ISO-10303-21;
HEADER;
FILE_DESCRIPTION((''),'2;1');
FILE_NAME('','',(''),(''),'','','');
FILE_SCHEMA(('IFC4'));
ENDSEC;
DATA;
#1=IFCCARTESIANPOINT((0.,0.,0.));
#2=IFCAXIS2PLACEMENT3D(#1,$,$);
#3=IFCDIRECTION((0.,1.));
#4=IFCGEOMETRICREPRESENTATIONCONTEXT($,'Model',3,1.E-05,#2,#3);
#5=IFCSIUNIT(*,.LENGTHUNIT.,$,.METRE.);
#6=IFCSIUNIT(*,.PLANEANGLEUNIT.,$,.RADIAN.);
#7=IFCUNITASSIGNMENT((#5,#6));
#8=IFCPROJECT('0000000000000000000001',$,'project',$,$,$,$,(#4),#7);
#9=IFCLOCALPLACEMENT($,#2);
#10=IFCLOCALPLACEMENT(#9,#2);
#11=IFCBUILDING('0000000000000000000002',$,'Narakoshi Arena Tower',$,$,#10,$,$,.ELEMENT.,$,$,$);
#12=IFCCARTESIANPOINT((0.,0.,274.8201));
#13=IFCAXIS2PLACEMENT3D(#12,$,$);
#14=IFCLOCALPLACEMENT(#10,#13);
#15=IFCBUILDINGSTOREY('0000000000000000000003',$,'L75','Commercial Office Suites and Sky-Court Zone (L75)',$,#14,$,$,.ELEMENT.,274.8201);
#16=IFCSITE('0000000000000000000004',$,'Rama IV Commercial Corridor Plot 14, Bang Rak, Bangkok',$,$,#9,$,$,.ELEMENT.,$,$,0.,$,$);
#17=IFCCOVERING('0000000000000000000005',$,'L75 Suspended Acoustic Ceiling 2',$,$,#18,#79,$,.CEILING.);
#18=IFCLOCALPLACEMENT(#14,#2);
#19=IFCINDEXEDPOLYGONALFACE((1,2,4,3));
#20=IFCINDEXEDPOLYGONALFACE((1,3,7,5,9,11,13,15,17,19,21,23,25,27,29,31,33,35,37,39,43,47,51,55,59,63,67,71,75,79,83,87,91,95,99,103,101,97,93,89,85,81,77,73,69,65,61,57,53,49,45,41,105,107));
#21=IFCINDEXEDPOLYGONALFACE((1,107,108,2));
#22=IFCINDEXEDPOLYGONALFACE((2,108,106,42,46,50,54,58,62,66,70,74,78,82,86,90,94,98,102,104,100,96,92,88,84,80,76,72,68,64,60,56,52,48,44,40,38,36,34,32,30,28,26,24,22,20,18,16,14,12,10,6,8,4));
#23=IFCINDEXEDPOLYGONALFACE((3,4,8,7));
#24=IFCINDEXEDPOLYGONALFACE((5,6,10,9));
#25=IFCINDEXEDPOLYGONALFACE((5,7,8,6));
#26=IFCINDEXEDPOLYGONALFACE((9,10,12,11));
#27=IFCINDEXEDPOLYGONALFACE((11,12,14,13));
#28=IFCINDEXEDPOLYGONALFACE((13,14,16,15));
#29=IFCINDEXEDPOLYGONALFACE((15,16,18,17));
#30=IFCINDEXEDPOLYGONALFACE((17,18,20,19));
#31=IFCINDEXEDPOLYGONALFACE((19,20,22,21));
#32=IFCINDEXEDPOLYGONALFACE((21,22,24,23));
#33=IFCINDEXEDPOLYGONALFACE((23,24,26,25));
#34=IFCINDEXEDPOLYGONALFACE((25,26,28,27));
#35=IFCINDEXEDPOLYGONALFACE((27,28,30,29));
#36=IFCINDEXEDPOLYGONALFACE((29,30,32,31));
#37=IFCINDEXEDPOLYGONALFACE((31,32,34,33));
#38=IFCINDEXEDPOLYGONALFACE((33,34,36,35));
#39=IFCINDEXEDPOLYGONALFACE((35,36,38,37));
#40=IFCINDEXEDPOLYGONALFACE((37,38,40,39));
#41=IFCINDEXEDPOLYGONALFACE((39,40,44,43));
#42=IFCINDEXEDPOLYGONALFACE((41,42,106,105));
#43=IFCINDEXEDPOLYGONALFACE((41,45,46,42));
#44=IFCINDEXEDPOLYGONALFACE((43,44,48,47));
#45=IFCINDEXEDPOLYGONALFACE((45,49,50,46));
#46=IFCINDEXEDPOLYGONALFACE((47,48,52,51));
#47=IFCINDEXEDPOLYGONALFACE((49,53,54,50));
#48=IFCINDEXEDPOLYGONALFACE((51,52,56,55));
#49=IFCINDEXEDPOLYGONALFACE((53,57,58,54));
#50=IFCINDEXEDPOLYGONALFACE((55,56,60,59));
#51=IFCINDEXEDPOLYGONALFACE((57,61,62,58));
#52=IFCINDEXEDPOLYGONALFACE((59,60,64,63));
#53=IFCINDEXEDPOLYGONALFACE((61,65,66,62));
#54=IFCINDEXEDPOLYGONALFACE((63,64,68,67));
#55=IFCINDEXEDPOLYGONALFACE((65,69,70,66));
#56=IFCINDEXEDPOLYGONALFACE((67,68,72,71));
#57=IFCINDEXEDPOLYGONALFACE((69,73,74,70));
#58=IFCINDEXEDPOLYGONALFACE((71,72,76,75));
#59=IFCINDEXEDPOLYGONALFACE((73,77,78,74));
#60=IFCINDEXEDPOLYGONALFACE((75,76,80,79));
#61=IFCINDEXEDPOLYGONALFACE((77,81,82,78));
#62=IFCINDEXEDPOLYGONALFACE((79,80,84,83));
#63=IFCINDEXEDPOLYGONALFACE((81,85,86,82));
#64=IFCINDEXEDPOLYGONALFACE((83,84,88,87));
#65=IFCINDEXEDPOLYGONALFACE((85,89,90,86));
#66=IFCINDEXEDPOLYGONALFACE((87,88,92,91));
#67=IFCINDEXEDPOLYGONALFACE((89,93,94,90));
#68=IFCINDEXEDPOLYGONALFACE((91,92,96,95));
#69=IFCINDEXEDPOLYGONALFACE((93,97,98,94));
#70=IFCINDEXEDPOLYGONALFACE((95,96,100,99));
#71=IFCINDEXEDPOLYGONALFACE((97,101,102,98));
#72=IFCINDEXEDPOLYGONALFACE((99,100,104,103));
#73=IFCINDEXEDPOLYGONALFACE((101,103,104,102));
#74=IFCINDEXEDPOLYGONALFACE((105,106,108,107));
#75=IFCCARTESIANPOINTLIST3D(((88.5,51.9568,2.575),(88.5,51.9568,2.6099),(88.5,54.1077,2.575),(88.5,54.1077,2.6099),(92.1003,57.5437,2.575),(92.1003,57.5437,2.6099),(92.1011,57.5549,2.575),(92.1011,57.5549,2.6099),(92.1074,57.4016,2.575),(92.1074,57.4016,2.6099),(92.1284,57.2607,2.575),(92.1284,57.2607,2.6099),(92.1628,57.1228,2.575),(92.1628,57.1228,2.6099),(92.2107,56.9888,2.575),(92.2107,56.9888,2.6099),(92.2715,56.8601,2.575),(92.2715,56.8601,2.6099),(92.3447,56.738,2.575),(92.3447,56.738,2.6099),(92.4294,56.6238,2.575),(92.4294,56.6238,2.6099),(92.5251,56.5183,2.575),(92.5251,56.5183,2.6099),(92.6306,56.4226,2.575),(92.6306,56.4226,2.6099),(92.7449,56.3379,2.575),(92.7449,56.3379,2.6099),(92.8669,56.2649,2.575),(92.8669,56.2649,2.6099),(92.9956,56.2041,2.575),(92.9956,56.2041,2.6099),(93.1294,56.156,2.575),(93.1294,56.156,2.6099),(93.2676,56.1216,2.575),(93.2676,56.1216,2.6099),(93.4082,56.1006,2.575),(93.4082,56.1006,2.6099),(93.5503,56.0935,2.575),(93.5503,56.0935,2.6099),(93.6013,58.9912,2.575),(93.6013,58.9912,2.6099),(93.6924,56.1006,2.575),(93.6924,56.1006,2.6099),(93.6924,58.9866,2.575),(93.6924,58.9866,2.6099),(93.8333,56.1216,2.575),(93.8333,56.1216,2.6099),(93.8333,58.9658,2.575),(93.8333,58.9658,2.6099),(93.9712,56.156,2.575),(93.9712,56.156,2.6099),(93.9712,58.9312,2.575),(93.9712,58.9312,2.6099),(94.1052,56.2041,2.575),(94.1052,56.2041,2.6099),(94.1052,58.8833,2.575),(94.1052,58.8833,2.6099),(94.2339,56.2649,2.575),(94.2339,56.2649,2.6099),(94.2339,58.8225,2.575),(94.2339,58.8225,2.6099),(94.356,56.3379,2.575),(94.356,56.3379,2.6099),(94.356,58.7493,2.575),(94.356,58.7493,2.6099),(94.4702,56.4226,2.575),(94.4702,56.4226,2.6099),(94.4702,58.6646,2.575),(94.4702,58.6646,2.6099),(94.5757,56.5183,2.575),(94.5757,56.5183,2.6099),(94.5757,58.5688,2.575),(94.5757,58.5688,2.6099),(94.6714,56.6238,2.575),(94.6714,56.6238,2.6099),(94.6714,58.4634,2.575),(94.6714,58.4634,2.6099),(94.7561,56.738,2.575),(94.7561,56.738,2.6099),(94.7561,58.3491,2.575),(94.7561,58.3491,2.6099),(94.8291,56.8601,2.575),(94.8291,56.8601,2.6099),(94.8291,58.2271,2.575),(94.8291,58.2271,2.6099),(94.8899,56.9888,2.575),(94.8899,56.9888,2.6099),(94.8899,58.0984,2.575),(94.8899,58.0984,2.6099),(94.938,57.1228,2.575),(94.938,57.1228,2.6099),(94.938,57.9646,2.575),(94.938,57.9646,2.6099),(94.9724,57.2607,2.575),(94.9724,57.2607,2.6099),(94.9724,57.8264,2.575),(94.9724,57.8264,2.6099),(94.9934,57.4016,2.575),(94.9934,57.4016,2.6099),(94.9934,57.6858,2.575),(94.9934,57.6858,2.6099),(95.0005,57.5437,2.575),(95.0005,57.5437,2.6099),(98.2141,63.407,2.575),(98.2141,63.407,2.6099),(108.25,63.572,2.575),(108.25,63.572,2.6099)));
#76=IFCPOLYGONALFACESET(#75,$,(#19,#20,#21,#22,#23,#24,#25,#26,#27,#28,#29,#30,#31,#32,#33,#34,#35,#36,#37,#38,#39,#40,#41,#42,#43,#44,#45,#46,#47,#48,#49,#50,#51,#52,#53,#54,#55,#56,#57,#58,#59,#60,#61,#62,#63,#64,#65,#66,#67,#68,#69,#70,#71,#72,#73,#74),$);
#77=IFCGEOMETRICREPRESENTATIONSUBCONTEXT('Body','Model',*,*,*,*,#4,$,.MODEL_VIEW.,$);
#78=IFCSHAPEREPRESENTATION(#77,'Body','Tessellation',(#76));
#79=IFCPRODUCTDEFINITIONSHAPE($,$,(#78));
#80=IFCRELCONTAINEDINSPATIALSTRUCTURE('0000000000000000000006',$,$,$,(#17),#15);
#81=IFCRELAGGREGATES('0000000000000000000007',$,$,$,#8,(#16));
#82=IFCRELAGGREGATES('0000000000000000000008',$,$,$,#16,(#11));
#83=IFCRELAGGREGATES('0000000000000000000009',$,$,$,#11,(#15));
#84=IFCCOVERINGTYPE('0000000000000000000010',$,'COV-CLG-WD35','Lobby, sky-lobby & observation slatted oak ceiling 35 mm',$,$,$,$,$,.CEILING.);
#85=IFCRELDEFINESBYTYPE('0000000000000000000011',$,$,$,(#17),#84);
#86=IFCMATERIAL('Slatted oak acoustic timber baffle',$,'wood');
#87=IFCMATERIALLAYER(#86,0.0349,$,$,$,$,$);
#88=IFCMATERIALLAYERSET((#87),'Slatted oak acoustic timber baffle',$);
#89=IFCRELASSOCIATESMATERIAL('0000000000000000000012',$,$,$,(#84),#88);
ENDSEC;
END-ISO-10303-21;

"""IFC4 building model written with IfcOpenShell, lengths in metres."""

from ifc_helpers import new_model, si_unit, direction, frame, origin, place, context, subcontext, project, spatial, polyline, outline, extrude, material, layer, layer_set, type_object, element, save


model = new_model("IFC4")

# Units and contexts
model_context = context("Model", 3, precision=1e-05, world=origin(), true_north=direction((0.0, 1.0)))
body_context = subcontext(model_context, "Body", "Model", "MODEL_VIEW")
ifc_project = project(units=[si_unit("LENGTHUNIT", "METRE"), si_unit("PLANEANGLEUNIT", "RADIAN")], contexts=[model_context])

# Site, building, storey
site_placement = place(None, origin())
site = spatial("IfcSite", under=ifc_project, at=site_placement, Name="Rama IV Commercial Corridor Plot 14, Bang Rak, Bangkok", CompositionType="ELEMENT", RefElevation=0.0)
building_placement = place(site_placement, origin())
building = spatial("IfcBuilding", under=site, at=building_placement, Name="Narakoshi Arena Tower", CompositionType="ELEMENT")
storey_placement = place(building_placement, frame((0.0, 0.0, 274.8201)))
storey = spatial("IfcBuildingStorey", under=building, at=storey_placement, Name="L75", Description="Commercial Office Suites and Sky-Court Zone (L75)", CompositionType="ELEMENT", Elevation=274.8201)

# Covering
ifc_material_1 = material(Name="Slatted oak acoustic timber baffle", Category="wood")
ifc_layer_1 = layer(ifc_material_1, 0.0349)
ifc_layer_set_1 = layer_set([ifc_layer_1], Name="Slatted oak acoustic timber baffle")
covering_type_1 = type_object("IfcCoveringType", Name="COV-CLG-WD35", Description="Lobby, sky-lobby & observation slatted oak ceiling 35 mm", PredefinedType="CEILING", material=ifc_layer_set_1)
covering_1_placement = place(storey_placement, frame((0.0, 0.0, 2.575)))
element("IfcCovering", 1, at=covering_1_placement, inside=storey, type_object=covering_type_1, Name="L75 Suspended Acoustic Ceiling 2", PredefinedType="CEILING", context=body_context, shape_type="SweptSolid", body=[
    extrude(outline(polyline([(92.1011, 57.5549), (92.1003, 57.5437), (92.1074, 57.4016), (92.1284, 57.2607), (92.1628, 57.1228), (92.2107, 56.9888), (92.2715, 56.8601), (92.3447, 56.738), (92.4294, 56.6238), (92.5251, 56.5183), (92.6306, 56.4226), (92.7449, 56.3379), (92.8669, 56.2649), (92.9956, 56.2041), (93.1294, 56.156), (93.2676, 56.1216), (93.4082, 56.1006), (93.5503, 56.0935), (93.6924, 56.1006), (93.8333, 56.1216), (93.9712, 56.156), (94.1052, 56.2041), (94.2339, 56.2649), (94.356, 56.3379), (94.4702, 56.4226), (94.5757, 56.5183), (94.6714, 56.6238), (94.7561, 56.738), (94.8291, 56.8601), (94.8899, 56.9888), (94.938, 57.1228), (94.9724, 57.2607), (94.9934, 57.4016), (95.0005, 57.5437), (94.9934, 57.6858), (94.9724, 57.8264), (94.938, 57.9646), (94.8899, 58.0984), (94.8291, 58.2271), (94.7561, 58.3491), (94.6714, 58.4634), (94.5757, 58.5688), (94.4702, 58.6646), (94.356, 58.7493), (94.2339, 58.8225), (94.1052, 58.8833), (93.9712, 58.9312), (93.8333, 58.9658), (93.6924, 58.9866), (93.6013, 58.9912), (98.2141, 63.407), (108.25, 63.572), (88.5, 51.9568), (88.5, 54.1077), (92.1011, 57.5549)])), origin(), (0.0, 0.0, 1.0), 0.0349),
])

save(model, "model.ifc")
